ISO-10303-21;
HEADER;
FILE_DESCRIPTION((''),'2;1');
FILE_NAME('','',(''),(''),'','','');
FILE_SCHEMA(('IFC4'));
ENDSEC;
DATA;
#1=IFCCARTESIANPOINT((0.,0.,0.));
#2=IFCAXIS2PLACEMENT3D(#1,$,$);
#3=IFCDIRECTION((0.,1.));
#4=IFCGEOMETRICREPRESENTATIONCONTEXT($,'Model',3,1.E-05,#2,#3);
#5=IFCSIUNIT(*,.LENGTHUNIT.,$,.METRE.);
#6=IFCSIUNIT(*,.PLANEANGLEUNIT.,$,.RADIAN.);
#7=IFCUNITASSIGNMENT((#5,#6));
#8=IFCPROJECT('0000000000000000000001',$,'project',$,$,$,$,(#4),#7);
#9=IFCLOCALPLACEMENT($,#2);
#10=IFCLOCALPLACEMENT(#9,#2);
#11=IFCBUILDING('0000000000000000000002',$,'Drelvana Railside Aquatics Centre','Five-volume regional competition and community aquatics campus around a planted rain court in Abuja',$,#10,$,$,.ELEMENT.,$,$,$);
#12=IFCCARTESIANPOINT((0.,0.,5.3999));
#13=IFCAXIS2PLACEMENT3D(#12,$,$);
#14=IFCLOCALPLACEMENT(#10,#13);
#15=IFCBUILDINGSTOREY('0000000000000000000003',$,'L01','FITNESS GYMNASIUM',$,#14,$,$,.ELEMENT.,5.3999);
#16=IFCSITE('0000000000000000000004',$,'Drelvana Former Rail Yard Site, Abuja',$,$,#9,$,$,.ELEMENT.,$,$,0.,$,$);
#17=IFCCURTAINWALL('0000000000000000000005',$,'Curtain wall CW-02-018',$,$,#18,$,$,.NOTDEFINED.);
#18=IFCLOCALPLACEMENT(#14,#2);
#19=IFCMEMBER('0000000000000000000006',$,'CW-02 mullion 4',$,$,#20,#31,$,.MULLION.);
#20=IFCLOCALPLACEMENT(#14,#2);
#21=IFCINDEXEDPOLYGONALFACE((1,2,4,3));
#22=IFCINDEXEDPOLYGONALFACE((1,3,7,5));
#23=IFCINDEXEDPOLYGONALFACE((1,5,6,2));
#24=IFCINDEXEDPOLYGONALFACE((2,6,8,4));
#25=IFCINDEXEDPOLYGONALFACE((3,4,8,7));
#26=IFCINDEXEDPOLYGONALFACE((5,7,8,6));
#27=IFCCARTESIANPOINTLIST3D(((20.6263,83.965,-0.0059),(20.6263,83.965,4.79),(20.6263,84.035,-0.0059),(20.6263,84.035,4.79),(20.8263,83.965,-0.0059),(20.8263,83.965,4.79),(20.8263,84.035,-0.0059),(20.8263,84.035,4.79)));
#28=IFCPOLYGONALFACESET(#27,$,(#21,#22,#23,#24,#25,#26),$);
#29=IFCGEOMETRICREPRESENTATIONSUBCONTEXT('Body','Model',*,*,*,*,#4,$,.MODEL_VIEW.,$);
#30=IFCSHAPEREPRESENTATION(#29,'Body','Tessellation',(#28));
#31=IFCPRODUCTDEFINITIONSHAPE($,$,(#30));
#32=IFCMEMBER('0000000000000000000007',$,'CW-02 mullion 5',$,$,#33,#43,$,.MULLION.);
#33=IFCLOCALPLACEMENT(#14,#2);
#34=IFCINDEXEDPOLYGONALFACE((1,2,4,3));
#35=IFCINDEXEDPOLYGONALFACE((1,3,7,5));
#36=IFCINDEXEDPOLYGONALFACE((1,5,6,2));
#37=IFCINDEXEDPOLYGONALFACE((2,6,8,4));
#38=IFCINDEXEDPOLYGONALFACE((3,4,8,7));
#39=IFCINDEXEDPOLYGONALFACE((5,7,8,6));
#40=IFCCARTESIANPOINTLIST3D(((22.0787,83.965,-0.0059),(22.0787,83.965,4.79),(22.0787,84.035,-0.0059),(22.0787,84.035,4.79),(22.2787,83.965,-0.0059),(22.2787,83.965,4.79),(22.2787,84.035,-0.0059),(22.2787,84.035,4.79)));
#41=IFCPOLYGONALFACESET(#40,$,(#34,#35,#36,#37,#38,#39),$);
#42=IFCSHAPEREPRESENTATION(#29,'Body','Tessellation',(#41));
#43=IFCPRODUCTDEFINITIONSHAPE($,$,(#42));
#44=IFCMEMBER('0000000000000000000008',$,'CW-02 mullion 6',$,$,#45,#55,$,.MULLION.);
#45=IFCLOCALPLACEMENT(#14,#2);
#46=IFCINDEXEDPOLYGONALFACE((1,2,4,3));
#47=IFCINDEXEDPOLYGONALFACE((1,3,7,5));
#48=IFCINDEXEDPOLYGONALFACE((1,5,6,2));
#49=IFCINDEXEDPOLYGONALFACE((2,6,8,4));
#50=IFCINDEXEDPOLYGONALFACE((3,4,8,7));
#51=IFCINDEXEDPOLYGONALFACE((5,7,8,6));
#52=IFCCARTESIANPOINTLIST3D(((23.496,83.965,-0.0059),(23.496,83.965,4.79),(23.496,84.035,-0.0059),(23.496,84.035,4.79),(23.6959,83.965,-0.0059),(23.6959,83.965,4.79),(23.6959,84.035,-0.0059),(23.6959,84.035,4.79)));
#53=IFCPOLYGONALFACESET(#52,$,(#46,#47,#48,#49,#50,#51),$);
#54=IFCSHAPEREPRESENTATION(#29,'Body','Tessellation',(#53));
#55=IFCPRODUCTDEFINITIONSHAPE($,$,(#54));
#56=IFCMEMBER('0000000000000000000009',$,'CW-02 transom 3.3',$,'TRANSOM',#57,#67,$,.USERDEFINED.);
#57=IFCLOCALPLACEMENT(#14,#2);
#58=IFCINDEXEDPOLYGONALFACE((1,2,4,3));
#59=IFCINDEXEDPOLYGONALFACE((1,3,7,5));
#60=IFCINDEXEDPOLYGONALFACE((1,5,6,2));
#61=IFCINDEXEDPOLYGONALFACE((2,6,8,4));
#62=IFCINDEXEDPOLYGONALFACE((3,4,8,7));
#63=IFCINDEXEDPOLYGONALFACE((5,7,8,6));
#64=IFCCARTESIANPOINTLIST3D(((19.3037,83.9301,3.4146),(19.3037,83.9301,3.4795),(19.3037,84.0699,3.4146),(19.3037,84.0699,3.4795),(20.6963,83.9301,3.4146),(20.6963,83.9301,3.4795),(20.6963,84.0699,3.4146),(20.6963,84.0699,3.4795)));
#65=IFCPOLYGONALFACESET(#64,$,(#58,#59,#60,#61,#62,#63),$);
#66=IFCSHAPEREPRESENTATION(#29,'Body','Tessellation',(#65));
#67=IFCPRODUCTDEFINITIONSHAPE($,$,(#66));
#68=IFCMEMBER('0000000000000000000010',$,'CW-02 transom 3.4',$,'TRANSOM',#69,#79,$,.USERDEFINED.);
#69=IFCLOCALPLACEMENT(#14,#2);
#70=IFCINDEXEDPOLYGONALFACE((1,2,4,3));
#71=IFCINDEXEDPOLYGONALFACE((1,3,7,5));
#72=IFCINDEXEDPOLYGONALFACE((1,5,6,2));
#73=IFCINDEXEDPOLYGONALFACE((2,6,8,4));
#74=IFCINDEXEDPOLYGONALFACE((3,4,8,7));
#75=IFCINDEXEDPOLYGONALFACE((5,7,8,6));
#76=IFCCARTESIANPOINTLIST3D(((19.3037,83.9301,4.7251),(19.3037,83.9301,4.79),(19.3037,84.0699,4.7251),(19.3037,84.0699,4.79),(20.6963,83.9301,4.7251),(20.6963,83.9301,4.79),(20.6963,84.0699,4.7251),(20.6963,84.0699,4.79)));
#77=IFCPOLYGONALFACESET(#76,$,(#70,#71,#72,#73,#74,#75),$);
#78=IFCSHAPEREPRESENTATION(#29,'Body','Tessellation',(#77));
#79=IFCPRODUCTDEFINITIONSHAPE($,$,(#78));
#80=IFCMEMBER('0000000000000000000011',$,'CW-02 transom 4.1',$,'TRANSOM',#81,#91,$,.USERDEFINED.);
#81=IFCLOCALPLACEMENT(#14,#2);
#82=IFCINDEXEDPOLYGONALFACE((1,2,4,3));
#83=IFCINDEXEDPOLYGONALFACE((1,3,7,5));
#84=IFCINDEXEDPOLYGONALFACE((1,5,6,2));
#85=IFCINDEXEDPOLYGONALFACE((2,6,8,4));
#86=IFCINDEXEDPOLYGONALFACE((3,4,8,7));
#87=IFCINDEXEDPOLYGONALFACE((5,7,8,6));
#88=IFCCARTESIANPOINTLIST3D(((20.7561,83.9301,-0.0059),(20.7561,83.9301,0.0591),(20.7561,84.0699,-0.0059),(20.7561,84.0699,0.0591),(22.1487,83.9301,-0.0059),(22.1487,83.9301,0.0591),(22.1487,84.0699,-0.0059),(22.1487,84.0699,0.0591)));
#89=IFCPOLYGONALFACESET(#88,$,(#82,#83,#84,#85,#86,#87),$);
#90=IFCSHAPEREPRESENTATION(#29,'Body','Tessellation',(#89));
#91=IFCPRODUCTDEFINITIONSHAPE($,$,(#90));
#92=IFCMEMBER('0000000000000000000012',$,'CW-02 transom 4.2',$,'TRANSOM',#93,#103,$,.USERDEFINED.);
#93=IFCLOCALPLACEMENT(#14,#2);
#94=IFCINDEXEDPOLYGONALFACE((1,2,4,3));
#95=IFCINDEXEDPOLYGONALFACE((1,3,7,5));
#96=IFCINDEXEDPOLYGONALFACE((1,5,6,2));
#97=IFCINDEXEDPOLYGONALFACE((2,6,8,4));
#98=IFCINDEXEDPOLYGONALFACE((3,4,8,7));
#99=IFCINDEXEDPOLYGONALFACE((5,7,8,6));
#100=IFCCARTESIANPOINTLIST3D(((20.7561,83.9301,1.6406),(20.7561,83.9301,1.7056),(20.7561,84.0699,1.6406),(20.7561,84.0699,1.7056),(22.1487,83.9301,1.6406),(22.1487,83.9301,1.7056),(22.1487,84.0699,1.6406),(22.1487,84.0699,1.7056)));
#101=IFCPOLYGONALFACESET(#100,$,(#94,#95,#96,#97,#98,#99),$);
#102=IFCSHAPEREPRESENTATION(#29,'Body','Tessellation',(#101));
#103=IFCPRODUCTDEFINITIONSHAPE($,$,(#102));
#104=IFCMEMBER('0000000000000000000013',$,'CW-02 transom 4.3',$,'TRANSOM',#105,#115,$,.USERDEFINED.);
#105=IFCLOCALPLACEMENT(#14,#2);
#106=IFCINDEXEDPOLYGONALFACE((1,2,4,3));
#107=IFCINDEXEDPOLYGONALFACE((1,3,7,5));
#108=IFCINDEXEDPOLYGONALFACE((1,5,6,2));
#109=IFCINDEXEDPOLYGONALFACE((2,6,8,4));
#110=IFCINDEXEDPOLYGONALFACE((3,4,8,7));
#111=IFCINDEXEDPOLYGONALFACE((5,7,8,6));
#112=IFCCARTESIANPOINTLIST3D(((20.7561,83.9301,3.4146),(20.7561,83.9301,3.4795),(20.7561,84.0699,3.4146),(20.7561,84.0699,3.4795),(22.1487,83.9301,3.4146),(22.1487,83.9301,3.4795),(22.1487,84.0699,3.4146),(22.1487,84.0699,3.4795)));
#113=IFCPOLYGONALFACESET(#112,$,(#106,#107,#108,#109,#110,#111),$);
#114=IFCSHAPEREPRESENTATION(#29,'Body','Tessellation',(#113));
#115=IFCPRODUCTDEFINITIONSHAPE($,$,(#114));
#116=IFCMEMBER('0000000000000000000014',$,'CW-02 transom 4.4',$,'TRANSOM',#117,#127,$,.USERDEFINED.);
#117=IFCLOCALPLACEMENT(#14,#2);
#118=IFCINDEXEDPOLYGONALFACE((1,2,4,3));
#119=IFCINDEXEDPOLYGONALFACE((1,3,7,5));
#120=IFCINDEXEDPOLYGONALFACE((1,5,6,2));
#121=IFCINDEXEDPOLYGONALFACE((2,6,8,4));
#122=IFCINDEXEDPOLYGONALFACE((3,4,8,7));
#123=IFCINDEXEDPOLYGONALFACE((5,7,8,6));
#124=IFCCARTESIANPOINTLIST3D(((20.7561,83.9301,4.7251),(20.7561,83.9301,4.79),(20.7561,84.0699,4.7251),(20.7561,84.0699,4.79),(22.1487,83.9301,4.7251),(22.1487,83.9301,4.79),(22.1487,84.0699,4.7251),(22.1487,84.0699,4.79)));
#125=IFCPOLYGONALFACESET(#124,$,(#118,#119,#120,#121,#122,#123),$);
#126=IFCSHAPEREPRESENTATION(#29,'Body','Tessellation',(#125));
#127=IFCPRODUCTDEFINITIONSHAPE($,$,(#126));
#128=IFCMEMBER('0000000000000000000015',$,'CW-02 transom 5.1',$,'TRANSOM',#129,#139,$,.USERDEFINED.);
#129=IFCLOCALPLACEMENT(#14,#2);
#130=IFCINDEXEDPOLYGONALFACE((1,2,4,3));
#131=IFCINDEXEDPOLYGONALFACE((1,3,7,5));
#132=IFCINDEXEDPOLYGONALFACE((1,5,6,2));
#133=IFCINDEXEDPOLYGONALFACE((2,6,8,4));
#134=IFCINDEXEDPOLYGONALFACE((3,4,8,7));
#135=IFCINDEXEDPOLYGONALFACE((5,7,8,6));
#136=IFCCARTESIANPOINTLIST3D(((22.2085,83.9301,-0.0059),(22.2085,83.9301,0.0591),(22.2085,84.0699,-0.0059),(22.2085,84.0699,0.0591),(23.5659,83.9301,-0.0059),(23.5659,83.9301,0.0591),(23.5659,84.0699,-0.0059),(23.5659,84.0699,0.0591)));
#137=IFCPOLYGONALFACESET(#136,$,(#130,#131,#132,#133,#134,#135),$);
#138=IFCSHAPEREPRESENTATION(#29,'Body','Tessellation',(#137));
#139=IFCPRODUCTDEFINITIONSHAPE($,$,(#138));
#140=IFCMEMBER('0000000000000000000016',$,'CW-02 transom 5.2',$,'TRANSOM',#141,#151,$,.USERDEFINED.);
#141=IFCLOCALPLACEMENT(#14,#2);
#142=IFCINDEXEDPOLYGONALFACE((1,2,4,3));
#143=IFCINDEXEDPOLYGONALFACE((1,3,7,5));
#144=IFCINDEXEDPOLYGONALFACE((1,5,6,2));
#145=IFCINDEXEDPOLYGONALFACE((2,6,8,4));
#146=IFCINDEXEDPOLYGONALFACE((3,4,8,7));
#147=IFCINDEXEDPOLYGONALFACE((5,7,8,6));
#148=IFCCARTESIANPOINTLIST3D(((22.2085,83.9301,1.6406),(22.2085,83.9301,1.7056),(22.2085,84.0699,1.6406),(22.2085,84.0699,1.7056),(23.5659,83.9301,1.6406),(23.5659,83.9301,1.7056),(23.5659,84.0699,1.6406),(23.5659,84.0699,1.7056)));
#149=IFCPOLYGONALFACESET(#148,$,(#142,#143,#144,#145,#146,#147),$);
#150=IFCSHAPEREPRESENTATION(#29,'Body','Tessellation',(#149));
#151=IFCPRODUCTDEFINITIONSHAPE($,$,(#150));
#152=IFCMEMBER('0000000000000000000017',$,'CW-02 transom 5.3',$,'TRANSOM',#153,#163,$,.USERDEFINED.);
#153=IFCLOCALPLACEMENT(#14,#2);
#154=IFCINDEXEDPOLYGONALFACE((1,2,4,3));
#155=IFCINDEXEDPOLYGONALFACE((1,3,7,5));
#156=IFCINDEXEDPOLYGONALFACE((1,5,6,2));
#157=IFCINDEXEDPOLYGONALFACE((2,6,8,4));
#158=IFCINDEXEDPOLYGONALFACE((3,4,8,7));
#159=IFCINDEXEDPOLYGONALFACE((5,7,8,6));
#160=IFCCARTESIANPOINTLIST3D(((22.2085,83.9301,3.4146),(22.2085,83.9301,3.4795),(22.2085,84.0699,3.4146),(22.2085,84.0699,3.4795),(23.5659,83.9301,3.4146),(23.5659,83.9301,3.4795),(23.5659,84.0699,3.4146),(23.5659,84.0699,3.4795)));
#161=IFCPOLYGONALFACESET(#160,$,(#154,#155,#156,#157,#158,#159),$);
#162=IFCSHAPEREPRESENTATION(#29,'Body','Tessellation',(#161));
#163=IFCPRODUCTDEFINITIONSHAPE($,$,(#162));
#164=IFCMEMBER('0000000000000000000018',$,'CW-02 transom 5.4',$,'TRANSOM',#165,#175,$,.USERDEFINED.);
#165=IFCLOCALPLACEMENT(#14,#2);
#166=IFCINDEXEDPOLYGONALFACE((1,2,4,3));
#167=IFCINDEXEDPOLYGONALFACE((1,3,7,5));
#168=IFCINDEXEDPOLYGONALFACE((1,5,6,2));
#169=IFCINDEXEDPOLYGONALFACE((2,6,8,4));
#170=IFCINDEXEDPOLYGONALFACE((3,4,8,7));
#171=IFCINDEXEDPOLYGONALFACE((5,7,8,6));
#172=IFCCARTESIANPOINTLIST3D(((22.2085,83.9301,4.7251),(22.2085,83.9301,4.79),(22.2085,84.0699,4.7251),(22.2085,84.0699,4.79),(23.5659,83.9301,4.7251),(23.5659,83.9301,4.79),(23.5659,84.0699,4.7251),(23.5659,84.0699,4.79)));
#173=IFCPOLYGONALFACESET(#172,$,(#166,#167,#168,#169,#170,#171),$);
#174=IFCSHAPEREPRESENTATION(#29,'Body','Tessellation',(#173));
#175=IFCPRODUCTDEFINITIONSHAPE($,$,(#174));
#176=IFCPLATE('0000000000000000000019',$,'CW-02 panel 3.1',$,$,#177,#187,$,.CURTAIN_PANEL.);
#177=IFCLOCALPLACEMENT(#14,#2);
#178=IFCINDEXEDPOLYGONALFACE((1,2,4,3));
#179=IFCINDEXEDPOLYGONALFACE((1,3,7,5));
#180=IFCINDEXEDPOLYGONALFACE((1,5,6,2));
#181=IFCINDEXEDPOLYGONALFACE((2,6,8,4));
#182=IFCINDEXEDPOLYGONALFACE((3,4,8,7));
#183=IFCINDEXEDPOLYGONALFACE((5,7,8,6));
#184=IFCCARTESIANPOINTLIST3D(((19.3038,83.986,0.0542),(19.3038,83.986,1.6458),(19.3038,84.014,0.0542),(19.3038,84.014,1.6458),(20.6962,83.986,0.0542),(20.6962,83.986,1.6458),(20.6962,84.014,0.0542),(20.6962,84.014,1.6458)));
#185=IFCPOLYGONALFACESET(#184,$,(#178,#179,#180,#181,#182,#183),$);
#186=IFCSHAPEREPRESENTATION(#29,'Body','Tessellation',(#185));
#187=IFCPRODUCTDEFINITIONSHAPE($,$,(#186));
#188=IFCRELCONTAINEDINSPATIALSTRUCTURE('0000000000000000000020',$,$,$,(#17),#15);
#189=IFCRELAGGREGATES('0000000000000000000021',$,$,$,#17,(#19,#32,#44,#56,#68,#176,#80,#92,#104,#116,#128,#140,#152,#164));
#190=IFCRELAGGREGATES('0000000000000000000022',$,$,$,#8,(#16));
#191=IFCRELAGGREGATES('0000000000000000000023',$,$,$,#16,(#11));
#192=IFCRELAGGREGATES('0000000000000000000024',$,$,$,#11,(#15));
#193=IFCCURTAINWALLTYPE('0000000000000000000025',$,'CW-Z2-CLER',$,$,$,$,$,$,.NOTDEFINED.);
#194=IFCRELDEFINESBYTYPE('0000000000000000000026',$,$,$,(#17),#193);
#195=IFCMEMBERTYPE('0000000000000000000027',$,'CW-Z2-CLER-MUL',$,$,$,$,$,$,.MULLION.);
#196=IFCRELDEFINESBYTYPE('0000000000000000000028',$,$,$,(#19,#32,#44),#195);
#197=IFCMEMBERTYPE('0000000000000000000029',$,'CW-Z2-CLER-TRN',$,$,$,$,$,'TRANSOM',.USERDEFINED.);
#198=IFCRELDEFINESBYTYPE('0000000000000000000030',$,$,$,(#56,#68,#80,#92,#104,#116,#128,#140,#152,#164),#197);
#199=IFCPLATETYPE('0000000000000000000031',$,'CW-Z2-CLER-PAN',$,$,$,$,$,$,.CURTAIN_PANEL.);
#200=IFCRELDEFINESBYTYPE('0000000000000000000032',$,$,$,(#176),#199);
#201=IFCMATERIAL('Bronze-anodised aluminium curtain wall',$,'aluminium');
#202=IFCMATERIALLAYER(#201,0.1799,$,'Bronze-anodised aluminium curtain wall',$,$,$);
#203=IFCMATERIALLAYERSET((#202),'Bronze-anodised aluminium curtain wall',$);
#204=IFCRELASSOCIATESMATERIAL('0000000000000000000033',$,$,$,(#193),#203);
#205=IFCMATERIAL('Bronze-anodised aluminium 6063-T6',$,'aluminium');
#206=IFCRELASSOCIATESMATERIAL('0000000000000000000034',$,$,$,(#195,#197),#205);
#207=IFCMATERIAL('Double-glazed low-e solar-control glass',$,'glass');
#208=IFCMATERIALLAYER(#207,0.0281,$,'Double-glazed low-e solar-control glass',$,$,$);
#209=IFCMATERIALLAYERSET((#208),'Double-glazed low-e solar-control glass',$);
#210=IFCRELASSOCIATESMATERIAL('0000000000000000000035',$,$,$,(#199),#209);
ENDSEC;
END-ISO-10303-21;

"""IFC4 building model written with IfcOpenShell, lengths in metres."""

from ifc_helpers import new_model, si_unit, direction, frame, origin, origin_2d, place, context, subcontext, project, spatial, rectangle, extrude, material, layer, layer_set, material_profile, profile_set, type_object, element, aggregate, save


model = new_model("IFC4")

# Units and contexts
model_context = context("Model", 3, precision=1e-05, world=origin(), true_north=direction((0.0, 1.0)))
body_context = subcontext(model_context, "Body", "Model", "MODEL_VIEW")
ifc_project = project(units=[si_unit("LENGTHUNIT", "METRE"), si_unit("PLANEANGLEUNIT", "RADIAN")], contexts=[model_context])

# Site, building, storey
site_placement = place(None, origin())
site = spatial("IfcSite", under=ifc_project, at=site_placement, Name="Drelvana Former Rail Yard Site, Abuja", CompositionType="ELEMENT", RefElevation=0.0)
building_placement = place(site_placement, origin())
building = spatial("IfcBuilding", under=site, at=building_placement, Name="Drelvana Railside Aquatics Centre", Description="Five-volume regional competition and community aquatics campus around a planted rain court in Abuja", CompositionType="ELEMENT")
storey_placement = place(building_placement, frame((0.0, 0.0, 5.3999)))
storey = spatial("IfcBuildingStorey", under=building, at=storey_placement, Name="L01", Description="FITNESS GYMNASIUM", CompositionType="ELEMENT", Elevation=5.3999)

# Curtain wall, members, plate
ifc_material_1 = material(Name="Bronze-anodised aluminium curtain wall", Category="aluminium")
ifc_layer_1 = layer(ifc_material_1, 0.1799, Name="Bronze-anodised aluminium curtain wall")
ifc_layer_set_1 = layer_set([ifc_layer_1], Name="Bronze-anodised aluminium curtain wall")
curtain_wall_type = type_object("IfcCurtainWallType", Name="CW-Z2-CLER", PredefinedType="NOTDEFINED", material=ifc_layer_set_1)
curtain_wall_placement = place(storey_placement, origin())
curtain_wall = element("IfcCurtainWall", 1, at=curtain_wall_placement, inside=storey, type_object=curtain_wall_type, Name="Curtain wall CW-02-018", PredefinedType="NOTDEFINED")
ifc_material_2 = material(Name="Bronze-anodised aluminium 6063-T6", Category="aluminium")
ifc_material_profile_1 = material_profile(ifc_material_2, rectangle(XDim=0.0701, YDim=0.2, at=origin_2d()), Name="ALU-M 70x200")
ifc_profile_set_1 = profile_set([ifc_material_profile_1], Name="Bronze-anodised aluminium 6063-T6")
member_type_1 = type_object("IfcMemberType", Name="CW-Z2-CLER-MUL", PredefinedType="MULLION", material=ifc_profile_set_1)
member_1_placement = place(storey_placement, frame((20.7263, 84.0, -0.0059), z_axis=(0.0, 0.0, 1.0), x_axis=(0.0, 1.0, 0.0)))
member_1 = element("IfcMember", 2, at=member_1_placement, type_object=member_type_1, Name="CW-02 mullion 4", PredefinedType="MULLION", context=body_context, shape_type="SweptSolid", body=[
    extrude(rectangle(XDim=0.0701, YDim=0.2, at=origin_2d()), origin(), (0.0, 0.0, 1.0), 4.7959),
])
member_2_placement = place(storey_placement, frame((22.1787, 84.0, -0.0059), z_axis=(0.0, 0.0, 1.0), x_axis=(0.0, 1.0, 0.0)))
member_2 = element("IfcMember", 3, at=member_2_placement, type_object=member_type_1, Name="CW-02 mullion 5", PredefinedType="MULLION", context=body_context, shape_type="SweptSolid", body=[
    extrude(rectangle(XDim=0.0701, YDim=0.2, at=origin_2d()), origin(), (0.0, 0.0, 1.0), 4.7959),
])
member_3_placement = place(storey_placement, frame((23.5959, 84.0, -0.0059), z_axis=(0.0, 0.0, 1.0), x_axis=(0.0, 1.0, 0.0)))
member_3 = element("IfcMember", 4, at=member_3_placement, type_object=member_type_1, Name="CW-02 mullion 6", PredefinedType="MULLION", context=body_context, shape_type="SweptSolid", body=[
    extrude(rectangle(XDim=0.0701, YDim=0.2, at=origin_2d()), origin(), (0.0, 0.0, 1.0), 4.7959),
])
ifc_material_profile_2 = material_profile(ifc_material_2, rectangle(XDim=0.1399, YDim=0.0649, at=origin_2d()), Name="ALU-T 65x140")
ifc_profile_set_2 = profile_set([ifc_material_profile_2], Name="Bronze-anodised aluminium 6063-T6")
member_type_2 = type_object("IfcMemberType", Name="CW-Z2-CLER-TRN", ElementType="TRANSOM", PredefinedType="USERDEFINED", material=ifc_profile_set_2)
member_4_placement = place(storey_placement, frame((19.3037, 84.0, 3.447), z_axis=(1.0, 0.0, 0.0), x_axis=(0.0, 1.0, 0.0)))
member_4 = element("IfcMember", 5, at=member_4_placement, type_object=member_type_2, Name="CW-02 transom 3.3", ObjectType="TRANSOM", PredefinedType="USERDEFINED", context=body_context, shape_type="SweptSolid", body=[
    extrude(rectangle(XDim=0.1399, YDim=0.0649, at=origin_2d()), origin(), (0.0, 0.0, 1.0), 1.3926),
])
member_5_placement = place(storey_placement, frame((19.3037, 84.0, 4.7576), z_axis=(1.0, 0.0, 0.0), x_axis=(0.0, 1.0, 0.0)))
member_5 = element("IfcMember", 6, at=member_5_placement, type_object=member_type_2, Name="CW-02 transom 3.4", ObjectType="TRANSOM", PredefinedType="USERDEFINED", context=body_context, shape_type="SweptSolid", body=[
    extrude(rectangle(XDim=0.1399, YDim=0.0649, at=origin_2d()), origin(), (0.0, 0.0, 1.0), 1.3926),
])
member_6_placement = place(storey_placement, frame((20.7561, 84.0, 0.0266), z_axis=(1.0, 0.0, 0.0), x_axis=(0.0, 1.0, 0.0)))
member_6 = element("IfcMember", 7, at=member_6_placement, type_object=member_type_2, Name="CW-02 transom 4.1", ObjectType="TRANSOM", PredefinedType="USERDEFINED", context=body_context, shape_type="SweptSolid", body=[
    extrude(rectangle(XDim=0.1399, YDim=0.0649, at=origin_2d()), origin(), (0.0, 0.0, 1.0), 1.3926),
])
member_7_placement = place(storey_placement, frame((20.7561, 84.0, 1.6731), z_axis=(1.0, 0.0, 0.0), x_axis=(0.0, 1.0, 0.0)))
member_7 = element("IfcMember", 8, at=member_7_placement, type_object=member_type_2, Name="CW-02 transom 4.2", ObjectType="TRANSOM", PredefinedType="USERDEFINED", context=body_context, shape_type="SweptSolid", body=[
    extrude(rectangle(XDim=0.1399, YDim=0.0649, at=origin_2d()), origin(), (0.0, 0.0, 1.0), 1.3926),
])
member_8_placement = place(storey_placement, frame((20.7561, 84.0, 3.447), z_axis=(1.0, 0.0, 0.0), x_axis=(0.0, 1.0, 0.0)))
member_8 = element("IfcMember", 9, at=member_8_placement, type_object=member_type_2, Name="CW-02 transom 4.3", ObjectType="TRANSOM", PredefinedType="USERDEFINED", context=body_context, shape_type="SweptSolid", body=[
    extrude(rectangle(XDim=0.1399, YDim=0.0649, at=origin_2d()), origin(), (0.0, 0.0, 1.0), 1.3926),
])
member_9_placement = place(storey_placement, frame((20.7561, 84.0, 4.7576), z_axis=(1.0, 0.0, 0.0), x_axis=(0.0, 1.0, 0.0)))
member_9 = element("IfcMember", 10, at=member_9_placement, type_object=member_type_2, Name="CW-02 transom 4.4", ObjectType="TRANSOM", PredefinedType="USERDEFINED", context=body_context, shape_type="SweptSolid", body=[
    extrude(rectangle(XDim=0.1399, YDim=0.0649, at=origin_2d()), origin(), (0.0, 0.0, 1.0), 1.3926),
])
member_10_placement = place(storey_placement, frame((22.2085, 84.0, 0.0266), z_axis=(1.0, 0.0, 0.0), x_axis=(0.0, 1.0, 0.0)))
member_10 = element("IfcMember", 11, at=member_10_placement, type_object=member_type_2, Name="CW-02 transom 5.1", ObjectType="TRANSOM", PredefinedType="USERDEFINED", context=body_context, shape_type="SweptSolid", body=[
    extrude(rectangle(XDim=0.1399, YDim=0.0649, at=origin_2d()), origin(), (0.0, 0.0, 1.0), 1.3574),
])
member_11_placement = place(storey_placement, frame((22.2085, 84.0, 1.6731), z_axis=(1.0, 0.0, 0.0), x_axis=(0.0, 1.0, 0.0)))
member_11 = element("IfcMember", 12, at=member_11_placement, type_object=member_type_2, Name="CW-02 transom 5.2", ObjectType="TRANSOM", PredefinedType="USERDEFINED", context=body_context, shape_type="SweptSolid", body=[
    extrude(rectangle(XDim=0.1399, YDim=0.0649, at=origin_2d()), origin(), (0.0, 0.0, 1.0), 1.3574),
])
member_12_placement = place(storey_placement, frame((22.2085, 84.0, 3.447), z_axis=(1.0, 0.0, 0.0), x_axis=(0.0, 1.0, 0.0)))
member_12 = element("IfcMember", 13, at=member_12_placement, type_object=member_type_2, Name="CW-02 transom 5.3", ObjectType="TRANSOM", PredefinedType="USERDEFINED", context=body_context, shape_type="SweptSolid", body=[
    extrude(rectangle(XDim=0.1399, YDim=0.0649, at=origin_2d()), origin(), (0.0, 0.0, 1.0), 1.3574),
])
member_13_placement = place(storey_placement, frame((22.2085, 84.0, 4.7576), z_axis=(1.0, 0.0, 0.0), x_axis=(0.0, 1.0, 0.0)))
member_13 = element("IfcMember", 14, at=member_13_placement, type_object=member_type_2, Name="CW-02 transom 5.4", ObjectType="TRANSOM", PredefinedType="USERDEFINED", context=body_context, shape_type="SweptSolid", body=[
    extrude(rectangle(XDim=0.1399, YDim=0.0649, at=origin_2d()), origin(), (0.0, 0.0, 1.0), 1.3574),
])
ifc_material_3 = material(Name="Double-glazed low-e solar-control glass", Category="glass")
ifc_layer_2 = layer(ifc_material_3, 0.0281, Name="Double-glazed low-e solar-control glass")
ifc_layer_set_2 = layer_set([ifc_layer_2], Name="Double-glazed low-e solar-control glass")
plate_type = type_object("IfcPlateType", Name="CW-Z2-CLER-PAN", PredefinedType="CURTAIN_PANEL", material=ifc_layer_set_2)
plate_1_placement = place(storey_placement, frame((20.0, 84.0, 0.0542), z_axis=(0.0, 0.0, 1.0), x_axis=(1.0, 0.0, 0.0)))
plate_1 = element("IfcPlate", 15, at=plate_1_placement, type_object=plate_type, Name="CW-02 panel 3.1", PredefinedType="CURTAIN_PANEL", context=body_context, shape_type="SweptSolid", body=[
    extrude(rectangle(XDim=1.3923, YDim=0.0281, at=origin_2d()), origin(), (0.0, 0.0, 1.0), 1.5916),
])
aggregate(curtain_wall, [member_1, member_2, member_3, member_4, member_5, plate_1, member_6, member_7, member_8, member_9, member_10, member_11, member_12, member_13])

save(model, "model.ifc")
